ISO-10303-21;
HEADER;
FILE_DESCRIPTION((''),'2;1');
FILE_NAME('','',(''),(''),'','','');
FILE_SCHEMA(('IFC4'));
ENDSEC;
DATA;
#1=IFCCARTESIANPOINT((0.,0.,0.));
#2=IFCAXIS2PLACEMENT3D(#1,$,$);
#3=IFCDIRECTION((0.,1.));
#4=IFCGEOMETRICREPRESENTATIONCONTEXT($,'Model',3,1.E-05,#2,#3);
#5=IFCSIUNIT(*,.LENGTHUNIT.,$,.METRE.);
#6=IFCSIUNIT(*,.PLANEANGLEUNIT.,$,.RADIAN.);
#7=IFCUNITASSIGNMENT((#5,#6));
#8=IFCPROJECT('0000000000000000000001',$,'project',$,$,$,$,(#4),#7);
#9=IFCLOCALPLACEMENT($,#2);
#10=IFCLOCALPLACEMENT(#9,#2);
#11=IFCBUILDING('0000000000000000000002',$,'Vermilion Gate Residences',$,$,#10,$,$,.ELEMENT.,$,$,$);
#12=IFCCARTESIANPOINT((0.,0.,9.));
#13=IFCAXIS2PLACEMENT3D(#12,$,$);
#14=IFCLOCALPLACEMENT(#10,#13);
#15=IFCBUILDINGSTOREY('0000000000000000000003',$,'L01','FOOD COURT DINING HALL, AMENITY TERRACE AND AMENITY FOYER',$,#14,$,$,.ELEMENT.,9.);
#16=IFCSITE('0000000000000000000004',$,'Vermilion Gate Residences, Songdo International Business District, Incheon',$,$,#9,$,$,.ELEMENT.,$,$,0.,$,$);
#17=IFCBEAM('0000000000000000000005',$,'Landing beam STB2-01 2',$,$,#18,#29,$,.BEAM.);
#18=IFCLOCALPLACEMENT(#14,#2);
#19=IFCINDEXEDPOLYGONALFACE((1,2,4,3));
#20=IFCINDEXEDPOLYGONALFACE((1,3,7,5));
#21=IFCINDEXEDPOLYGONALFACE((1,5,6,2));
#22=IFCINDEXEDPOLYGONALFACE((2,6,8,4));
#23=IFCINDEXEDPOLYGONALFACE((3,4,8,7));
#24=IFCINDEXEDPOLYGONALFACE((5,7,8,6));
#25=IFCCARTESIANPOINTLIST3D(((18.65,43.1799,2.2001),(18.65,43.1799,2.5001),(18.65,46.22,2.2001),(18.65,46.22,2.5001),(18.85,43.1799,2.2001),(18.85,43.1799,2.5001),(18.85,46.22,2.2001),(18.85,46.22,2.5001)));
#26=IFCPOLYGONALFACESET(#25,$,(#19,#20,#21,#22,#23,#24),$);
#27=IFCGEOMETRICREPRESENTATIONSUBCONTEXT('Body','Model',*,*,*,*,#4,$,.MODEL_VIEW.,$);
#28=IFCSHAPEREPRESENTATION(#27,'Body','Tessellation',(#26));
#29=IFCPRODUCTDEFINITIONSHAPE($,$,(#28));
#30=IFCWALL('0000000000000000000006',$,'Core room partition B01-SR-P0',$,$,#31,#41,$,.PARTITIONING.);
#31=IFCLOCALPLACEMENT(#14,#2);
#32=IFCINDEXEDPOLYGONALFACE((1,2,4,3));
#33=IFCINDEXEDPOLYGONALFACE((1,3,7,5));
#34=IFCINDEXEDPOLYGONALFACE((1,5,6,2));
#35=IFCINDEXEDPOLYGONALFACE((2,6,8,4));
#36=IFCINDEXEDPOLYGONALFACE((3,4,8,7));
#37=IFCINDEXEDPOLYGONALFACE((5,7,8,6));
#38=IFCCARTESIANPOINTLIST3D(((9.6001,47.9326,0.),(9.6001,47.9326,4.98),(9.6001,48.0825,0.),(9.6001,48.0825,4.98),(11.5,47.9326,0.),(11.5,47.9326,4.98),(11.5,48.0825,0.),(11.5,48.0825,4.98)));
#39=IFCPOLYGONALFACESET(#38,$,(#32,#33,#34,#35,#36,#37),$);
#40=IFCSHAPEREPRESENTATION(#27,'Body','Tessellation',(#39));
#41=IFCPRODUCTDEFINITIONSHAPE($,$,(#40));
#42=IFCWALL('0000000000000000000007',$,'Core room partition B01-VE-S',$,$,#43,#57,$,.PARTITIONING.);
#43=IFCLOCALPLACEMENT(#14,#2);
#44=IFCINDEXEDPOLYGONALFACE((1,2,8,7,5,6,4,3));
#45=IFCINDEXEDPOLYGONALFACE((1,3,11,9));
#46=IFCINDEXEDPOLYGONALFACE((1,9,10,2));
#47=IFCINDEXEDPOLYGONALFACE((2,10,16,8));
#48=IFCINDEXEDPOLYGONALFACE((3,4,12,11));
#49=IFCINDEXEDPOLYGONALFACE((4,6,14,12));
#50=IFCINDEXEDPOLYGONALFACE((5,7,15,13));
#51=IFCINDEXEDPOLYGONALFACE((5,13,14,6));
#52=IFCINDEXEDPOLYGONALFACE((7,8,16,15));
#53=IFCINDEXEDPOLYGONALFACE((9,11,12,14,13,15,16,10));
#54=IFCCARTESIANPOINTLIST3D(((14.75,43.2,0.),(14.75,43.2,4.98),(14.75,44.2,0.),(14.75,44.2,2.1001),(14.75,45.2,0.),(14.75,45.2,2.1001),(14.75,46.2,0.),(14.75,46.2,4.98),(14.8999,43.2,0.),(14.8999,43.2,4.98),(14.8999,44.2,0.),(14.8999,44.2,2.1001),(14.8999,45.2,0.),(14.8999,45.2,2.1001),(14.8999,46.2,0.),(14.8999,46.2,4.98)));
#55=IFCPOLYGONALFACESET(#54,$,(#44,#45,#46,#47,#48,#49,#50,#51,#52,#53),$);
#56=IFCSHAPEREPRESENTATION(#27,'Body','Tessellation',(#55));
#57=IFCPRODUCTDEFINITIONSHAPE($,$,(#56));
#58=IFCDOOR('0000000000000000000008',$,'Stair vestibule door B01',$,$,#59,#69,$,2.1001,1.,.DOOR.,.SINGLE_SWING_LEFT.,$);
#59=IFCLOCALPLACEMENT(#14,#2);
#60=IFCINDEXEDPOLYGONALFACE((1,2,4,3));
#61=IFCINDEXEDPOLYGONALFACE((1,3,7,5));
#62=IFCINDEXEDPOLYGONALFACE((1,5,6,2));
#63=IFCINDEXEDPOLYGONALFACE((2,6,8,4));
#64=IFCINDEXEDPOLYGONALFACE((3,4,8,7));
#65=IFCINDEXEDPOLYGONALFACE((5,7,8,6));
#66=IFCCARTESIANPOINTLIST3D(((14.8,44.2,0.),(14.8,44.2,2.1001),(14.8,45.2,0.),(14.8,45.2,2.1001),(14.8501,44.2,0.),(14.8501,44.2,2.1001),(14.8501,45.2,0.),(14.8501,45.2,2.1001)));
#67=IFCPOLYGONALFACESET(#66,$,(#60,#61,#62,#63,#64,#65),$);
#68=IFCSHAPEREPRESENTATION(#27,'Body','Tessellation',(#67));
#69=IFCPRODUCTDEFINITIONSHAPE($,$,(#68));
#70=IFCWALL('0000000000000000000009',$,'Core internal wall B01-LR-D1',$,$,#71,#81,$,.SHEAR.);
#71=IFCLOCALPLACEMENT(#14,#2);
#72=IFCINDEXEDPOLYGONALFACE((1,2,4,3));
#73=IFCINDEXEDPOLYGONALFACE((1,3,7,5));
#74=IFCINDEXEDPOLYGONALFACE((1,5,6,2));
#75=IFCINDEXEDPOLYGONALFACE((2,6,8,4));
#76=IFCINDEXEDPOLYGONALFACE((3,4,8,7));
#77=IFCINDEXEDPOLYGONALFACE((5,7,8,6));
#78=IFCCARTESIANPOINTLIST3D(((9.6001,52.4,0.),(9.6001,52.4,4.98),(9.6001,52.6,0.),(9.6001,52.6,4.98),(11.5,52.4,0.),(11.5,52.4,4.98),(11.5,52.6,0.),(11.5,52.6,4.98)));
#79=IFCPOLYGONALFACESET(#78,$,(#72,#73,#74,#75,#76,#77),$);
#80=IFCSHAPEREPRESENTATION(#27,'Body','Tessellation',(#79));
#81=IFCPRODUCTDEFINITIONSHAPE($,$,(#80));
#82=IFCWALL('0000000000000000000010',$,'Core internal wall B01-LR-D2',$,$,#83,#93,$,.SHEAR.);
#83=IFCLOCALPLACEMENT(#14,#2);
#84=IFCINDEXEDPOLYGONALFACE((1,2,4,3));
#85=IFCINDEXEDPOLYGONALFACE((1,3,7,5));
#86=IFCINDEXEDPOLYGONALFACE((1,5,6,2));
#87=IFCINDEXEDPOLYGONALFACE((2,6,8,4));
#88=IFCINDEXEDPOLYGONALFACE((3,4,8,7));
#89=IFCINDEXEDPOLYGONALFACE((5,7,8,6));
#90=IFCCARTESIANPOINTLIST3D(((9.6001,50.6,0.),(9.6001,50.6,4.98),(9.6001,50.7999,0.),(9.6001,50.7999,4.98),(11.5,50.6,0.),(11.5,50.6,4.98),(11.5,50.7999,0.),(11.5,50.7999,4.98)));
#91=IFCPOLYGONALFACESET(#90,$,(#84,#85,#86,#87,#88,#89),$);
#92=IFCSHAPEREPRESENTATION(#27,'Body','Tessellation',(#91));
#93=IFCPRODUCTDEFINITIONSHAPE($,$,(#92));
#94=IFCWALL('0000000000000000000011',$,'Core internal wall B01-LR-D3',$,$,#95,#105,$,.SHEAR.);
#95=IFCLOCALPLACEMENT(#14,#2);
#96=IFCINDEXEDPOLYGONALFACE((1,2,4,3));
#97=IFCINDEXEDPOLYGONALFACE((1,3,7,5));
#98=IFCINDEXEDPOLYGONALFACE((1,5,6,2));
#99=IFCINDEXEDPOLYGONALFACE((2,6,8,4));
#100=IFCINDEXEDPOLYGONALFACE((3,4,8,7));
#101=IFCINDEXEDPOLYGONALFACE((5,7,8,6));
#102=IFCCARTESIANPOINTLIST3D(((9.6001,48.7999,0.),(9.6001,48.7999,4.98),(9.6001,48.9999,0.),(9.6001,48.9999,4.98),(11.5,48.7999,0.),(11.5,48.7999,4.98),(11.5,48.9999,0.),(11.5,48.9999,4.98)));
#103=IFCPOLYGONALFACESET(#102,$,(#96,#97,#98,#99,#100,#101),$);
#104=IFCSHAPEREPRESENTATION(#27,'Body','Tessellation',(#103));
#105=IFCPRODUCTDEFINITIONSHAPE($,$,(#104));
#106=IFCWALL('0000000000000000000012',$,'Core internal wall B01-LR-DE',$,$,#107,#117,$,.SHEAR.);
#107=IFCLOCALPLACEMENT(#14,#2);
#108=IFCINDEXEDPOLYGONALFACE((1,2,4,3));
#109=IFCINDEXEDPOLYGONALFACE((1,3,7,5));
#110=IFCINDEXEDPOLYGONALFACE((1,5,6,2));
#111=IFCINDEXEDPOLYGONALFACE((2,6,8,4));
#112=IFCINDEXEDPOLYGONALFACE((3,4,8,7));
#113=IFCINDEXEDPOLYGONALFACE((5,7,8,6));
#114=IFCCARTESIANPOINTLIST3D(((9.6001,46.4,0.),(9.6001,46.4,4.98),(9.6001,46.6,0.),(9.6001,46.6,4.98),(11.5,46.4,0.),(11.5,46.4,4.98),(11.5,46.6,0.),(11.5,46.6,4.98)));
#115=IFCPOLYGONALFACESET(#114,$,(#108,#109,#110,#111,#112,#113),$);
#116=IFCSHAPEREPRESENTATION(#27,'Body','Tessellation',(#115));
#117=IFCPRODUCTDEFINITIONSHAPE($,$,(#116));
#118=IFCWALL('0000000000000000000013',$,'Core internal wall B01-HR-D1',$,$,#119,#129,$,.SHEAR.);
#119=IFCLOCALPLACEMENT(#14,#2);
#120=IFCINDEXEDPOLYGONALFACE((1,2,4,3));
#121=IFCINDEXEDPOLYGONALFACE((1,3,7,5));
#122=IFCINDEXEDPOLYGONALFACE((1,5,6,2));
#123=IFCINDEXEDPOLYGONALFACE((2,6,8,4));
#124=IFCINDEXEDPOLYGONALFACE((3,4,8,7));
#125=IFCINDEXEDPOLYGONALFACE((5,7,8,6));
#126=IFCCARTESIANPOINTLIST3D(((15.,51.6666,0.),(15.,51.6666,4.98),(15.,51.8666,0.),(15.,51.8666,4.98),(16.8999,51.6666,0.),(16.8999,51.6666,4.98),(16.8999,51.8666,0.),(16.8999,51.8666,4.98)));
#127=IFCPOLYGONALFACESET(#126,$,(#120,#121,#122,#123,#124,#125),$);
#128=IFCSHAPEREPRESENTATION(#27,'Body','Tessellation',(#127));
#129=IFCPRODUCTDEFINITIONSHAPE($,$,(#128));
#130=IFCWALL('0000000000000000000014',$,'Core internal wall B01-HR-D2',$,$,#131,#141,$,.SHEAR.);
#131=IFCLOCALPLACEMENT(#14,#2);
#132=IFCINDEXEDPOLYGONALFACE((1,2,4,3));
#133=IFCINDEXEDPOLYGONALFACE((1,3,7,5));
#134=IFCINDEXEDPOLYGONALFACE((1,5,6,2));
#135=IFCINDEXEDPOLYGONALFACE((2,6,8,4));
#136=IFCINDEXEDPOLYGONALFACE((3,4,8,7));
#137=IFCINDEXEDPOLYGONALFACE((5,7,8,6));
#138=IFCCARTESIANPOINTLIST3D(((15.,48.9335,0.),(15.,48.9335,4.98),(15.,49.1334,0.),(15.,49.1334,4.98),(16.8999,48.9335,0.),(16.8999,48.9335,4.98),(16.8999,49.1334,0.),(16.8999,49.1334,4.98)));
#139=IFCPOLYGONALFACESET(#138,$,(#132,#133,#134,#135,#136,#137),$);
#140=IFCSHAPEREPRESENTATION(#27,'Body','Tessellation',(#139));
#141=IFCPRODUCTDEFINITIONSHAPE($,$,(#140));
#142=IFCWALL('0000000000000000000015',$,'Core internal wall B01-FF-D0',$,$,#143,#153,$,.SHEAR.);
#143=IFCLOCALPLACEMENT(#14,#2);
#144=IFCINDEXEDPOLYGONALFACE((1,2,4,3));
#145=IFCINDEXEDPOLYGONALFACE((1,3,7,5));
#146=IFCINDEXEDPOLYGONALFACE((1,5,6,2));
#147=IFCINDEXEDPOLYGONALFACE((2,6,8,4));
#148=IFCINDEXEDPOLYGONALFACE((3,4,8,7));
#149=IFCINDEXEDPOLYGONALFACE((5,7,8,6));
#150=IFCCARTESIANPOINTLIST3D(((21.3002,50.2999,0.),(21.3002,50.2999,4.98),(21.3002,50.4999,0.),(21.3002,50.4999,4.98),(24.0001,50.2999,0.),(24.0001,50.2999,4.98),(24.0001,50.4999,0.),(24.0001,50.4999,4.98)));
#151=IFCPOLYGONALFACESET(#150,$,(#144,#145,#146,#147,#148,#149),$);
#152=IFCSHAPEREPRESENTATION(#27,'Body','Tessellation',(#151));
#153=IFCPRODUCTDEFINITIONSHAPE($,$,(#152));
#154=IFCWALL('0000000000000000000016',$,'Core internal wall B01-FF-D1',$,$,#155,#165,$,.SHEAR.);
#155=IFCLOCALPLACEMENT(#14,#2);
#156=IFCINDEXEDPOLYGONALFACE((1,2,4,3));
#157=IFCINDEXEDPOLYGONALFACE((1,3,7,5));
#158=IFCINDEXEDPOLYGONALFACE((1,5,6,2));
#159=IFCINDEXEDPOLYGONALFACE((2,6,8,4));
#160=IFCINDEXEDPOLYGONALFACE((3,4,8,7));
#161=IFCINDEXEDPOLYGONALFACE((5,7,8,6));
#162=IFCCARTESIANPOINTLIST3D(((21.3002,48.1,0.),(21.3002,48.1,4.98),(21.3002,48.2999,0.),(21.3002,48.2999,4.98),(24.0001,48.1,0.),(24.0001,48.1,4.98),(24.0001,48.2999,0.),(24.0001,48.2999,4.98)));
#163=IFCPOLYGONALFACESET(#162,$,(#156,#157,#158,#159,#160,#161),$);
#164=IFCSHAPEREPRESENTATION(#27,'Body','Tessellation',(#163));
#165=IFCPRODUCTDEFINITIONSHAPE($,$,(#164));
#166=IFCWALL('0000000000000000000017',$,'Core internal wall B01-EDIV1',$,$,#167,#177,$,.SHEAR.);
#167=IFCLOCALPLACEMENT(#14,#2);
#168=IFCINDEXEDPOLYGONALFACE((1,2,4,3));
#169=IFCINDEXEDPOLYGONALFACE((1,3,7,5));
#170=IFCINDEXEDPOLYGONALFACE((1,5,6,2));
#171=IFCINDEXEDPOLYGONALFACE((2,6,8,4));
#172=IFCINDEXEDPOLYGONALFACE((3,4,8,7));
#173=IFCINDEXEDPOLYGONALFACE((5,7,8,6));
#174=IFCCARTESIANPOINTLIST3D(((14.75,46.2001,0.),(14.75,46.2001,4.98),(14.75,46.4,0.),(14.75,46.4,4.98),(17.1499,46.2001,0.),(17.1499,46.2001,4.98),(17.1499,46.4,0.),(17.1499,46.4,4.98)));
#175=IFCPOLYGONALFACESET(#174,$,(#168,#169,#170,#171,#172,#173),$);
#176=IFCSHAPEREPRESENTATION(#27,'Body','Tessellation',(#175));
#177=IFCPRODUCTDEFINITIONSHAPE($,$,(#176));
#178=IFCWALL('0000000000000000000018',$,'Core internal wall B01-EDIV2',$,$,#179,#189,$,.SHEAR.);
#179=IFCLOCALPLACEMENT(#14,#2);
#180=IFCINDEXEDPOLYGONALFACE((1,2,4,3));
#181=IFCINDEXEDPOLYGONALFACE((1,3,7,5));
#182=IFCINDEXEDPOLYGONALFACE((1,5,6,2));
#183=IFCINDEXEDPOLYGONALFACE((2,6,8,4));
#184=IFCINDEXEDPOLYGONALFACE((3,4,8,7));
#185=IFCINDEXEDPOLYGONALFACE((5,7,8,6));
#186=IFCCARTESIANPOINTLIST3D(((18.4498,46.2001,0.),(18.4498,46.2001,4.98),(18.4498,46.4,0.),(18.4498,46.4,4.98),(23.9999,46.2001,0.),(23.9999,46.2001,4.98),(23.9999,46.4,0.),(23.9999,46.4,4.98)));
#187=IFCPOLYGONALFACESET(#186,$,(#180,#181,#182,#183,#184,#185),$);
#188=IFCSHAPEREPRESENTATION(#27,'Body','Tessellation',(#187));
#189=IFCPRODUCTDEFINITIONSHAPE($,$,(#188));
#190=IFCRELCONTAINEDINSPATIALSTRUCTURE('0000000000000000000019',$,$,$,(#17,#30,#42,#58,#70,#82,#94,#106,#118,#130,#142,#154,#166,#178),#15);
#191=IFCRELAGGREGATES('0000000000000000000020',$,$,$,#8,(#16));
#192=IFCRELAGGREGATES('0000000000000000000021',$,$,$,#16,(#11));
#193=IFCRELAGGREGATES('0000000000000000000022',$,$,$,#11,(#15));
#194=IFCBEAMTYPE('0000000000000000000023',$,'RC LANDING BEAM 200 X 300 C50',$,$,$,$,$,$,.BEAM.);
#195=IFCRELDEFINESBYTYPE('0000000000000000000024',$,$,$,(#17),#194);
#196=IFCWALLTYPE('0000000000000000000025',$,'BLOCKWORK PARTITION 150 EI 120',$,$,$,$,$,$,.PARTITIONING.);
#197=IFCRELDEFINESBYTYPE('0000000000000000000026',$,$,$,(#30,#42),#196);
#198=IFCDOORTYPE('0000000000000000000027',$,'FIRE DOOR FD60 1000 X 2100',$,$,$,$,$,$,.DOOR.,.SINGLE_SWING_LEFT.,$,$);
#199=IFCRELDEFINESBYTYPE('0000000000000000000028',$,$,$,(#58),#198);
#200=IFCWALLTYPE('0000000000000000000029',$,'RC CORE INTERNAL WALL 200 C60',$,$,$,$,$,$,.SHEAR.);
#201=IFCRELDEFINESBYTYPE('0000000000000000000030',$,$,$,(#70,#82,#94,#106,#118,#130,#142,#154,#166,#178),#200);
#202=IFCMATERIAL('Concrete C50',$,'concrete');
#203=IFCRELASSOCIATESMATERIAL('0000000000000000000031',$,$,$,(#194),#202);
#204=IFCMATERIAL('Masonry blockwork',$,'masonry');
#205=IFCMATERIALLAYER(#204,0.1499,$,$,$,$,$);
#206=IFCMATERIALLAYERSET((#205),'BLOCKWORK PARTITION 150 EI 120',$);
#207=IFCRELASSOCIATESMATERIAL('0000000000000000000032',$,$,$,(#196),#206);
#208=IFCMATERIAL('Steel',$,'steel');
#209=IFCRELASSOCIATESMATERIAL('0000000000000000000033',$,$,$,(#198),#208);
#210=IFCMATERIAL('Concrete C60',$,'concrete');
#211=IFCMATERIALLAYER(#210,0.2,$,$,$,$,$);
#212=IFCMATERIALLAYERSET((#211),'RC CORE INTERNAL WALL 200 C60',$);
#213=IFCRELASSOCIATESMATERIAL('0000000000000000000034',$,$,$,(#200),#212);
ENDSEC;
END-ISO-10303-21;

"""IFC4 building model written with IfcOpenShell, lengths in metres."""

from ifc_helpers import new_model, si_unit, direction, frame, frame_2d, origin, origin_2d, place, context, subcontext, project, spatial, rectangle, extrude, material, layer, layer_set, material_profile, profile_set, type_object, element, fill, save


model = new_model("IFC4")

# Units and contexts
model_context = context("Model", 3, precision=1e-05, world=origin(), true_north=direction((0.0, 1.0)))
body_context = subcontext(model_context, "Body", "Model", "MODEL_VIEW")
ifc_project = project(units=[si_unit("LENGTHUNIT", "METRE"), si_unit("PLANEANGLEUNIT", "RADIAN")], contexts=[model_context])

# Site, building, storey
site_placement = place(None, origin())
site = spatial("IfcSite", under=ifc_project, at=site_placement, Name="Vermilion Gate Residences, Songdo International Business District, Incheon", CompositionType="ELEMENT", RefElevation=0.0)
building_placement = place(site_placement, origin())
building = spatial("IfcBuilding", under=site, at=building_placement, Name="Vermilion Gate Residences", CompositionType="ELEMENT")
storey_placement = place(building_placement, frame((0.0, 0.0, 9.0)))
storey = spatial("IfcBuildingStorey", under=building, at=storey_placement, Name="L01", Description="FOOD COURT DINING HALL, AMENITY TERRACE AND AMENITY FOYER", CompositionType="ELEMENT", Elevation=9.0)

# Beam
ifc_material_1 = material(Name="Concrete C50", Category="concrete")
ifc_material_profile = material_profile(ifc_material_1, rectangle(XDim=0.2, YDim=0.3, at=origin_2d()), Name="RC-200x300")
ifc_profile_set = profile_set([ifc_material_profile], Name="Concrete C50")
beam_type = type_object("IfcBeamType", Name="RC LANDING BEAM 200 X 300 C50", PredefinedType="BEAM", material=ifc_profile_set)
beam_placement = place(storey_placement, frame((18.75, 46.22, 2.3501), z_axis=(0.0, -1.0, 0.0), x_axis=(1.0, 0.0, 0.0)))
element("IfcBeam", 1, at=beam_placement, inside=storey, type_object=beam_type, Name="Landing beam STB2-01 2", PredefinedType="BEAM", context=body_context, shape_type="SweptSolid", body=[
    extrude(rectangle(XDim=0.2, YDim=0.3, at=origin_2d()), origin(), (0.0, 0.0, 1.0), 3.04),
])

# Wall
ifc_material_2 = material(Name="Masonry blockwork", Category="masonry")
ifc_layer_1 = layer(ifc_material_2, 0.1499)
ifc_layer_set_1 = layer_set([ifc_layer_1], Name="BLOCKWORK PARTITION 150 EI 120")
wall_type_1 = type_object("IfcWallType", Name="BLOCKWORK PARTITION 150 EI 120", PredefinedType="PARTITIONING", material=ifc_layer_set_1)
wall_1_placement = place(storey_placement, frame((9.6001, 48.0076, 0.0), z_axis=(0.0, 0.0, 1.0), x_axis=(1.0, 0.0, 0.0)))
element("IfcWall", 2, at=wall_1_placement, inside=storey, type_object=wall_type_1, Name="Core room partition B01-SR-P0", PredefinedType="PARTITIONING", context=body_context, shape_type="SweptSolid", body=[
    extrude(rectangle(XDim=1.8999, YDim=0.1499, at=frame_2d((0.95, 0.0))), origin(), (0.0, 0.0, 1.0), 4.98),
])

# Wall, opening, door
wall_2_placement = place(storey_placement, frame((14.825, 46.2, 0.0), z_axis=(0.0, 0.0, 1.0), x_axis=(0.0, -1.0, 0.0)))
wall_2 = element("IfcWall", 3, at=wall_2_placement, inside=storey, type_object=wall_type_1, Name="Core room partition B01-VE-S", PredefinedType="PARTITIONING", context=body_context, shape_type="SweptSolid", body=[
    extrude(rectangle(XDim=3.0, YDim=0.1499, at=frame_2d((1.5, 0.0))), origin(), (0.0, 0.0, 1.0), 4.98),
])
opening_1_placement = place(wall_2_placement, frame((1.0, 0.0, 0.0)))
opening_1 = element("IfcOpeningElement", 4, at=opening_1_placement, cuts=wall_2, PredefinedType="OPENING", context=body_context, shape_type="SweptSolid", body=[
    extrude(rectangle(XDim=1.0, YDim=2.1001, at=frame_2d((0.5, 1.05))), frame((0.0, 0.085, 0.0), z_axis=(0.0, -1.0, 0.0), x_axis=(1.0, 0.0, 0.0)), (0.0, 0.0, 1.0), 0.1699),
])
ifc_material_3 = material(Name="Steel", Category="steel")
door_type_1 = type_object("IfcDoorType", Name="FIRE DOOR FD60 1000 X 2100", OperationType="SINGLE_SWING_LEFT", PredefinedType="DOOR", material=ifc_material_3)
door_1_placement = place(opening_1_placement, frame((1.0, 0.0, 0.0), z_axis=(0.0, 0.0, 1.0), x_axis=(-1.0, 0.0, 0.0)))
door_1 = element("IfcDoor", 5, at=door_1_placement, inside=storey, type_object=door_type_1, Name="Stair vestibule door B01", OperationType="SINGLE_SWING_LEFT", OverallHeight=2.1001, OverallWidth=1.0, PredefinedType="DOOR", context=body_context, shape_type="SweptSolid", body=[
    extrude(rectangle(XDim=1.0, YDim=2.1001, at=frame_2d((0.5, 1.05))), frame((0.0, 0.0249, 0.0), z_axis=(0.0, -1.0, 0.0), x_axis=(1.0, 0.0, 0.0)), (0.0, 0.0, 1.0), 0.05),
])
fill(opening_1, door_1)

# Walls
ifc_material_4 = material(Name="Concrete C60", Category="concrete")
ifc_layer_2 = layer(ifc_material_4, 0.2)
ifc_layer_set_2 = layer_set([ifc_layer_2], Name="RC CORE INTERNAL WALL 200 C60")
wall_type_2 = type_object("IfcWallType", Name="RC CORE INTERNAL WALL 200 C60", PredefinedType="SHEAR", material=ifc_layer_set_2)
for number, where, z_axis, x_axis, name in (
    (6, (9.6001, 52.5, 0.0), (0.0, 0.0, 1.0), (1.0, 0.0, 0.0), "Core internal wall B01-LR-D1"),
    (7, (9.6001, 50.7, 0.0), (0.0, 0.0, 1.0), (1.0, 0.0, 0.0), "Core internal wall B01-LR-D2"),
    (8, (9.6001, 48.8999, 0.0), (0.0, 0.0, 1.0), (1.0, 0.0, 0.0), "Core internal wall B01-LR-D3"),
    (9, (9.6001, 46.5, 0.0), (0.0, 0.0, 1.0), (1.0, 0.0, 0.0), "Core internal wall B01-LR-DE"),
    (10, (15.0, 51.7666, 0.0), (0.0, 0.0, 1.0), (1.0, 0.0, 0.0), "Core internal wall B01-HR-D1"),
    (11, (15.0, 49.0334, 0.0), (0.0, 0.0, 1.0), (1.0, 0.0, 0.0), "Core internal wall B01-HR-D2"),
):
    element("IfcWall", number, at=place(storey_placement, frame(where, z_axis=z_axis, x_axis=x_axis)), inside=storey, type_object=wall_type_2, Name=name, PredefinedType="SHEAR", context=body_context, shape_type="SweptSolid", body=[
        extrude(rectangle(XDim=1.8999, YDim=0.2, at=frame_2d((0.95, 0.0))), origin(), (0.0, 0.0, 1.0), 4.98),
    ])
for number, where, z_axis, x_axis, name in (
    (12, (21.3, 50.3999, 0.0), (0.0, 0.0, 1.0), (1.0, 0.0, 0.0), "Core internal wall B01-FF-D0"),
    (13, (21.3, 48.2, 0.0), (0.0, 0.0, 1.0), (1.0, 0.0, 0.0), "Core internal wall B01-FF-D1"),
):
    element("IfcWall", number, at=place(storey_placement, frame(where, z_axis=z_axis, x_axis=x_axis)), inside=storey, type_object=wall_type_2, Name=name, PredefinedType="SHEAR", context=body_context, shape_type="SweptSolid", body=[
        extrude(rectangle(XDim=2.7, YDim=0.2, at=frame_2d((1.3501, 0.0))), origin(), (0.0, 0.0, 1.0), 4.98),
    ])
wall_3_placement = place(storey_placement, frame((14.75, 46.3, 0.0), z_axis=(0.0, 0.0, 1.0), x_axis=(1.0, 0.0, 0.0)))
element("IfcWall", 14, at=wall_3_placement, inside=storey, type_object=wall_type_2, Name="Core internal wall B01-EDIV1", PredefinedType="SHEAR", context=body_context, shape_type="SweptSolid", body=[
    extrude(rectangle(XDim=2.3999, YDim=0.2, at=frame_2d((1.2, 0.0))), origin(), (0.0, 0.0, 1.0), 4.98),
])
wall_4_placement = place(storey_placement, frame((18.45, 46.3, 0.0), z_axis=(0.0, 0.0, 1.0), x_axis=(1.0, 0.0, 0.0)))
element("IfcWall", 15, at=wall_4_placement, inside=storey, type_object=wall_type_2, Name="Core internal wall B01-EDIV2", PredefinedType="SHEAR", context=body_context, shape_type="SweptSolid", body=[
    extrude(rectangle(XDim=5.55, YDim=0.2, at=frame_2d((2.7749, 0.0))), origin(), (0.0, 0.0, 1.0), 4.98),
])

save(model, "model.ifc")
